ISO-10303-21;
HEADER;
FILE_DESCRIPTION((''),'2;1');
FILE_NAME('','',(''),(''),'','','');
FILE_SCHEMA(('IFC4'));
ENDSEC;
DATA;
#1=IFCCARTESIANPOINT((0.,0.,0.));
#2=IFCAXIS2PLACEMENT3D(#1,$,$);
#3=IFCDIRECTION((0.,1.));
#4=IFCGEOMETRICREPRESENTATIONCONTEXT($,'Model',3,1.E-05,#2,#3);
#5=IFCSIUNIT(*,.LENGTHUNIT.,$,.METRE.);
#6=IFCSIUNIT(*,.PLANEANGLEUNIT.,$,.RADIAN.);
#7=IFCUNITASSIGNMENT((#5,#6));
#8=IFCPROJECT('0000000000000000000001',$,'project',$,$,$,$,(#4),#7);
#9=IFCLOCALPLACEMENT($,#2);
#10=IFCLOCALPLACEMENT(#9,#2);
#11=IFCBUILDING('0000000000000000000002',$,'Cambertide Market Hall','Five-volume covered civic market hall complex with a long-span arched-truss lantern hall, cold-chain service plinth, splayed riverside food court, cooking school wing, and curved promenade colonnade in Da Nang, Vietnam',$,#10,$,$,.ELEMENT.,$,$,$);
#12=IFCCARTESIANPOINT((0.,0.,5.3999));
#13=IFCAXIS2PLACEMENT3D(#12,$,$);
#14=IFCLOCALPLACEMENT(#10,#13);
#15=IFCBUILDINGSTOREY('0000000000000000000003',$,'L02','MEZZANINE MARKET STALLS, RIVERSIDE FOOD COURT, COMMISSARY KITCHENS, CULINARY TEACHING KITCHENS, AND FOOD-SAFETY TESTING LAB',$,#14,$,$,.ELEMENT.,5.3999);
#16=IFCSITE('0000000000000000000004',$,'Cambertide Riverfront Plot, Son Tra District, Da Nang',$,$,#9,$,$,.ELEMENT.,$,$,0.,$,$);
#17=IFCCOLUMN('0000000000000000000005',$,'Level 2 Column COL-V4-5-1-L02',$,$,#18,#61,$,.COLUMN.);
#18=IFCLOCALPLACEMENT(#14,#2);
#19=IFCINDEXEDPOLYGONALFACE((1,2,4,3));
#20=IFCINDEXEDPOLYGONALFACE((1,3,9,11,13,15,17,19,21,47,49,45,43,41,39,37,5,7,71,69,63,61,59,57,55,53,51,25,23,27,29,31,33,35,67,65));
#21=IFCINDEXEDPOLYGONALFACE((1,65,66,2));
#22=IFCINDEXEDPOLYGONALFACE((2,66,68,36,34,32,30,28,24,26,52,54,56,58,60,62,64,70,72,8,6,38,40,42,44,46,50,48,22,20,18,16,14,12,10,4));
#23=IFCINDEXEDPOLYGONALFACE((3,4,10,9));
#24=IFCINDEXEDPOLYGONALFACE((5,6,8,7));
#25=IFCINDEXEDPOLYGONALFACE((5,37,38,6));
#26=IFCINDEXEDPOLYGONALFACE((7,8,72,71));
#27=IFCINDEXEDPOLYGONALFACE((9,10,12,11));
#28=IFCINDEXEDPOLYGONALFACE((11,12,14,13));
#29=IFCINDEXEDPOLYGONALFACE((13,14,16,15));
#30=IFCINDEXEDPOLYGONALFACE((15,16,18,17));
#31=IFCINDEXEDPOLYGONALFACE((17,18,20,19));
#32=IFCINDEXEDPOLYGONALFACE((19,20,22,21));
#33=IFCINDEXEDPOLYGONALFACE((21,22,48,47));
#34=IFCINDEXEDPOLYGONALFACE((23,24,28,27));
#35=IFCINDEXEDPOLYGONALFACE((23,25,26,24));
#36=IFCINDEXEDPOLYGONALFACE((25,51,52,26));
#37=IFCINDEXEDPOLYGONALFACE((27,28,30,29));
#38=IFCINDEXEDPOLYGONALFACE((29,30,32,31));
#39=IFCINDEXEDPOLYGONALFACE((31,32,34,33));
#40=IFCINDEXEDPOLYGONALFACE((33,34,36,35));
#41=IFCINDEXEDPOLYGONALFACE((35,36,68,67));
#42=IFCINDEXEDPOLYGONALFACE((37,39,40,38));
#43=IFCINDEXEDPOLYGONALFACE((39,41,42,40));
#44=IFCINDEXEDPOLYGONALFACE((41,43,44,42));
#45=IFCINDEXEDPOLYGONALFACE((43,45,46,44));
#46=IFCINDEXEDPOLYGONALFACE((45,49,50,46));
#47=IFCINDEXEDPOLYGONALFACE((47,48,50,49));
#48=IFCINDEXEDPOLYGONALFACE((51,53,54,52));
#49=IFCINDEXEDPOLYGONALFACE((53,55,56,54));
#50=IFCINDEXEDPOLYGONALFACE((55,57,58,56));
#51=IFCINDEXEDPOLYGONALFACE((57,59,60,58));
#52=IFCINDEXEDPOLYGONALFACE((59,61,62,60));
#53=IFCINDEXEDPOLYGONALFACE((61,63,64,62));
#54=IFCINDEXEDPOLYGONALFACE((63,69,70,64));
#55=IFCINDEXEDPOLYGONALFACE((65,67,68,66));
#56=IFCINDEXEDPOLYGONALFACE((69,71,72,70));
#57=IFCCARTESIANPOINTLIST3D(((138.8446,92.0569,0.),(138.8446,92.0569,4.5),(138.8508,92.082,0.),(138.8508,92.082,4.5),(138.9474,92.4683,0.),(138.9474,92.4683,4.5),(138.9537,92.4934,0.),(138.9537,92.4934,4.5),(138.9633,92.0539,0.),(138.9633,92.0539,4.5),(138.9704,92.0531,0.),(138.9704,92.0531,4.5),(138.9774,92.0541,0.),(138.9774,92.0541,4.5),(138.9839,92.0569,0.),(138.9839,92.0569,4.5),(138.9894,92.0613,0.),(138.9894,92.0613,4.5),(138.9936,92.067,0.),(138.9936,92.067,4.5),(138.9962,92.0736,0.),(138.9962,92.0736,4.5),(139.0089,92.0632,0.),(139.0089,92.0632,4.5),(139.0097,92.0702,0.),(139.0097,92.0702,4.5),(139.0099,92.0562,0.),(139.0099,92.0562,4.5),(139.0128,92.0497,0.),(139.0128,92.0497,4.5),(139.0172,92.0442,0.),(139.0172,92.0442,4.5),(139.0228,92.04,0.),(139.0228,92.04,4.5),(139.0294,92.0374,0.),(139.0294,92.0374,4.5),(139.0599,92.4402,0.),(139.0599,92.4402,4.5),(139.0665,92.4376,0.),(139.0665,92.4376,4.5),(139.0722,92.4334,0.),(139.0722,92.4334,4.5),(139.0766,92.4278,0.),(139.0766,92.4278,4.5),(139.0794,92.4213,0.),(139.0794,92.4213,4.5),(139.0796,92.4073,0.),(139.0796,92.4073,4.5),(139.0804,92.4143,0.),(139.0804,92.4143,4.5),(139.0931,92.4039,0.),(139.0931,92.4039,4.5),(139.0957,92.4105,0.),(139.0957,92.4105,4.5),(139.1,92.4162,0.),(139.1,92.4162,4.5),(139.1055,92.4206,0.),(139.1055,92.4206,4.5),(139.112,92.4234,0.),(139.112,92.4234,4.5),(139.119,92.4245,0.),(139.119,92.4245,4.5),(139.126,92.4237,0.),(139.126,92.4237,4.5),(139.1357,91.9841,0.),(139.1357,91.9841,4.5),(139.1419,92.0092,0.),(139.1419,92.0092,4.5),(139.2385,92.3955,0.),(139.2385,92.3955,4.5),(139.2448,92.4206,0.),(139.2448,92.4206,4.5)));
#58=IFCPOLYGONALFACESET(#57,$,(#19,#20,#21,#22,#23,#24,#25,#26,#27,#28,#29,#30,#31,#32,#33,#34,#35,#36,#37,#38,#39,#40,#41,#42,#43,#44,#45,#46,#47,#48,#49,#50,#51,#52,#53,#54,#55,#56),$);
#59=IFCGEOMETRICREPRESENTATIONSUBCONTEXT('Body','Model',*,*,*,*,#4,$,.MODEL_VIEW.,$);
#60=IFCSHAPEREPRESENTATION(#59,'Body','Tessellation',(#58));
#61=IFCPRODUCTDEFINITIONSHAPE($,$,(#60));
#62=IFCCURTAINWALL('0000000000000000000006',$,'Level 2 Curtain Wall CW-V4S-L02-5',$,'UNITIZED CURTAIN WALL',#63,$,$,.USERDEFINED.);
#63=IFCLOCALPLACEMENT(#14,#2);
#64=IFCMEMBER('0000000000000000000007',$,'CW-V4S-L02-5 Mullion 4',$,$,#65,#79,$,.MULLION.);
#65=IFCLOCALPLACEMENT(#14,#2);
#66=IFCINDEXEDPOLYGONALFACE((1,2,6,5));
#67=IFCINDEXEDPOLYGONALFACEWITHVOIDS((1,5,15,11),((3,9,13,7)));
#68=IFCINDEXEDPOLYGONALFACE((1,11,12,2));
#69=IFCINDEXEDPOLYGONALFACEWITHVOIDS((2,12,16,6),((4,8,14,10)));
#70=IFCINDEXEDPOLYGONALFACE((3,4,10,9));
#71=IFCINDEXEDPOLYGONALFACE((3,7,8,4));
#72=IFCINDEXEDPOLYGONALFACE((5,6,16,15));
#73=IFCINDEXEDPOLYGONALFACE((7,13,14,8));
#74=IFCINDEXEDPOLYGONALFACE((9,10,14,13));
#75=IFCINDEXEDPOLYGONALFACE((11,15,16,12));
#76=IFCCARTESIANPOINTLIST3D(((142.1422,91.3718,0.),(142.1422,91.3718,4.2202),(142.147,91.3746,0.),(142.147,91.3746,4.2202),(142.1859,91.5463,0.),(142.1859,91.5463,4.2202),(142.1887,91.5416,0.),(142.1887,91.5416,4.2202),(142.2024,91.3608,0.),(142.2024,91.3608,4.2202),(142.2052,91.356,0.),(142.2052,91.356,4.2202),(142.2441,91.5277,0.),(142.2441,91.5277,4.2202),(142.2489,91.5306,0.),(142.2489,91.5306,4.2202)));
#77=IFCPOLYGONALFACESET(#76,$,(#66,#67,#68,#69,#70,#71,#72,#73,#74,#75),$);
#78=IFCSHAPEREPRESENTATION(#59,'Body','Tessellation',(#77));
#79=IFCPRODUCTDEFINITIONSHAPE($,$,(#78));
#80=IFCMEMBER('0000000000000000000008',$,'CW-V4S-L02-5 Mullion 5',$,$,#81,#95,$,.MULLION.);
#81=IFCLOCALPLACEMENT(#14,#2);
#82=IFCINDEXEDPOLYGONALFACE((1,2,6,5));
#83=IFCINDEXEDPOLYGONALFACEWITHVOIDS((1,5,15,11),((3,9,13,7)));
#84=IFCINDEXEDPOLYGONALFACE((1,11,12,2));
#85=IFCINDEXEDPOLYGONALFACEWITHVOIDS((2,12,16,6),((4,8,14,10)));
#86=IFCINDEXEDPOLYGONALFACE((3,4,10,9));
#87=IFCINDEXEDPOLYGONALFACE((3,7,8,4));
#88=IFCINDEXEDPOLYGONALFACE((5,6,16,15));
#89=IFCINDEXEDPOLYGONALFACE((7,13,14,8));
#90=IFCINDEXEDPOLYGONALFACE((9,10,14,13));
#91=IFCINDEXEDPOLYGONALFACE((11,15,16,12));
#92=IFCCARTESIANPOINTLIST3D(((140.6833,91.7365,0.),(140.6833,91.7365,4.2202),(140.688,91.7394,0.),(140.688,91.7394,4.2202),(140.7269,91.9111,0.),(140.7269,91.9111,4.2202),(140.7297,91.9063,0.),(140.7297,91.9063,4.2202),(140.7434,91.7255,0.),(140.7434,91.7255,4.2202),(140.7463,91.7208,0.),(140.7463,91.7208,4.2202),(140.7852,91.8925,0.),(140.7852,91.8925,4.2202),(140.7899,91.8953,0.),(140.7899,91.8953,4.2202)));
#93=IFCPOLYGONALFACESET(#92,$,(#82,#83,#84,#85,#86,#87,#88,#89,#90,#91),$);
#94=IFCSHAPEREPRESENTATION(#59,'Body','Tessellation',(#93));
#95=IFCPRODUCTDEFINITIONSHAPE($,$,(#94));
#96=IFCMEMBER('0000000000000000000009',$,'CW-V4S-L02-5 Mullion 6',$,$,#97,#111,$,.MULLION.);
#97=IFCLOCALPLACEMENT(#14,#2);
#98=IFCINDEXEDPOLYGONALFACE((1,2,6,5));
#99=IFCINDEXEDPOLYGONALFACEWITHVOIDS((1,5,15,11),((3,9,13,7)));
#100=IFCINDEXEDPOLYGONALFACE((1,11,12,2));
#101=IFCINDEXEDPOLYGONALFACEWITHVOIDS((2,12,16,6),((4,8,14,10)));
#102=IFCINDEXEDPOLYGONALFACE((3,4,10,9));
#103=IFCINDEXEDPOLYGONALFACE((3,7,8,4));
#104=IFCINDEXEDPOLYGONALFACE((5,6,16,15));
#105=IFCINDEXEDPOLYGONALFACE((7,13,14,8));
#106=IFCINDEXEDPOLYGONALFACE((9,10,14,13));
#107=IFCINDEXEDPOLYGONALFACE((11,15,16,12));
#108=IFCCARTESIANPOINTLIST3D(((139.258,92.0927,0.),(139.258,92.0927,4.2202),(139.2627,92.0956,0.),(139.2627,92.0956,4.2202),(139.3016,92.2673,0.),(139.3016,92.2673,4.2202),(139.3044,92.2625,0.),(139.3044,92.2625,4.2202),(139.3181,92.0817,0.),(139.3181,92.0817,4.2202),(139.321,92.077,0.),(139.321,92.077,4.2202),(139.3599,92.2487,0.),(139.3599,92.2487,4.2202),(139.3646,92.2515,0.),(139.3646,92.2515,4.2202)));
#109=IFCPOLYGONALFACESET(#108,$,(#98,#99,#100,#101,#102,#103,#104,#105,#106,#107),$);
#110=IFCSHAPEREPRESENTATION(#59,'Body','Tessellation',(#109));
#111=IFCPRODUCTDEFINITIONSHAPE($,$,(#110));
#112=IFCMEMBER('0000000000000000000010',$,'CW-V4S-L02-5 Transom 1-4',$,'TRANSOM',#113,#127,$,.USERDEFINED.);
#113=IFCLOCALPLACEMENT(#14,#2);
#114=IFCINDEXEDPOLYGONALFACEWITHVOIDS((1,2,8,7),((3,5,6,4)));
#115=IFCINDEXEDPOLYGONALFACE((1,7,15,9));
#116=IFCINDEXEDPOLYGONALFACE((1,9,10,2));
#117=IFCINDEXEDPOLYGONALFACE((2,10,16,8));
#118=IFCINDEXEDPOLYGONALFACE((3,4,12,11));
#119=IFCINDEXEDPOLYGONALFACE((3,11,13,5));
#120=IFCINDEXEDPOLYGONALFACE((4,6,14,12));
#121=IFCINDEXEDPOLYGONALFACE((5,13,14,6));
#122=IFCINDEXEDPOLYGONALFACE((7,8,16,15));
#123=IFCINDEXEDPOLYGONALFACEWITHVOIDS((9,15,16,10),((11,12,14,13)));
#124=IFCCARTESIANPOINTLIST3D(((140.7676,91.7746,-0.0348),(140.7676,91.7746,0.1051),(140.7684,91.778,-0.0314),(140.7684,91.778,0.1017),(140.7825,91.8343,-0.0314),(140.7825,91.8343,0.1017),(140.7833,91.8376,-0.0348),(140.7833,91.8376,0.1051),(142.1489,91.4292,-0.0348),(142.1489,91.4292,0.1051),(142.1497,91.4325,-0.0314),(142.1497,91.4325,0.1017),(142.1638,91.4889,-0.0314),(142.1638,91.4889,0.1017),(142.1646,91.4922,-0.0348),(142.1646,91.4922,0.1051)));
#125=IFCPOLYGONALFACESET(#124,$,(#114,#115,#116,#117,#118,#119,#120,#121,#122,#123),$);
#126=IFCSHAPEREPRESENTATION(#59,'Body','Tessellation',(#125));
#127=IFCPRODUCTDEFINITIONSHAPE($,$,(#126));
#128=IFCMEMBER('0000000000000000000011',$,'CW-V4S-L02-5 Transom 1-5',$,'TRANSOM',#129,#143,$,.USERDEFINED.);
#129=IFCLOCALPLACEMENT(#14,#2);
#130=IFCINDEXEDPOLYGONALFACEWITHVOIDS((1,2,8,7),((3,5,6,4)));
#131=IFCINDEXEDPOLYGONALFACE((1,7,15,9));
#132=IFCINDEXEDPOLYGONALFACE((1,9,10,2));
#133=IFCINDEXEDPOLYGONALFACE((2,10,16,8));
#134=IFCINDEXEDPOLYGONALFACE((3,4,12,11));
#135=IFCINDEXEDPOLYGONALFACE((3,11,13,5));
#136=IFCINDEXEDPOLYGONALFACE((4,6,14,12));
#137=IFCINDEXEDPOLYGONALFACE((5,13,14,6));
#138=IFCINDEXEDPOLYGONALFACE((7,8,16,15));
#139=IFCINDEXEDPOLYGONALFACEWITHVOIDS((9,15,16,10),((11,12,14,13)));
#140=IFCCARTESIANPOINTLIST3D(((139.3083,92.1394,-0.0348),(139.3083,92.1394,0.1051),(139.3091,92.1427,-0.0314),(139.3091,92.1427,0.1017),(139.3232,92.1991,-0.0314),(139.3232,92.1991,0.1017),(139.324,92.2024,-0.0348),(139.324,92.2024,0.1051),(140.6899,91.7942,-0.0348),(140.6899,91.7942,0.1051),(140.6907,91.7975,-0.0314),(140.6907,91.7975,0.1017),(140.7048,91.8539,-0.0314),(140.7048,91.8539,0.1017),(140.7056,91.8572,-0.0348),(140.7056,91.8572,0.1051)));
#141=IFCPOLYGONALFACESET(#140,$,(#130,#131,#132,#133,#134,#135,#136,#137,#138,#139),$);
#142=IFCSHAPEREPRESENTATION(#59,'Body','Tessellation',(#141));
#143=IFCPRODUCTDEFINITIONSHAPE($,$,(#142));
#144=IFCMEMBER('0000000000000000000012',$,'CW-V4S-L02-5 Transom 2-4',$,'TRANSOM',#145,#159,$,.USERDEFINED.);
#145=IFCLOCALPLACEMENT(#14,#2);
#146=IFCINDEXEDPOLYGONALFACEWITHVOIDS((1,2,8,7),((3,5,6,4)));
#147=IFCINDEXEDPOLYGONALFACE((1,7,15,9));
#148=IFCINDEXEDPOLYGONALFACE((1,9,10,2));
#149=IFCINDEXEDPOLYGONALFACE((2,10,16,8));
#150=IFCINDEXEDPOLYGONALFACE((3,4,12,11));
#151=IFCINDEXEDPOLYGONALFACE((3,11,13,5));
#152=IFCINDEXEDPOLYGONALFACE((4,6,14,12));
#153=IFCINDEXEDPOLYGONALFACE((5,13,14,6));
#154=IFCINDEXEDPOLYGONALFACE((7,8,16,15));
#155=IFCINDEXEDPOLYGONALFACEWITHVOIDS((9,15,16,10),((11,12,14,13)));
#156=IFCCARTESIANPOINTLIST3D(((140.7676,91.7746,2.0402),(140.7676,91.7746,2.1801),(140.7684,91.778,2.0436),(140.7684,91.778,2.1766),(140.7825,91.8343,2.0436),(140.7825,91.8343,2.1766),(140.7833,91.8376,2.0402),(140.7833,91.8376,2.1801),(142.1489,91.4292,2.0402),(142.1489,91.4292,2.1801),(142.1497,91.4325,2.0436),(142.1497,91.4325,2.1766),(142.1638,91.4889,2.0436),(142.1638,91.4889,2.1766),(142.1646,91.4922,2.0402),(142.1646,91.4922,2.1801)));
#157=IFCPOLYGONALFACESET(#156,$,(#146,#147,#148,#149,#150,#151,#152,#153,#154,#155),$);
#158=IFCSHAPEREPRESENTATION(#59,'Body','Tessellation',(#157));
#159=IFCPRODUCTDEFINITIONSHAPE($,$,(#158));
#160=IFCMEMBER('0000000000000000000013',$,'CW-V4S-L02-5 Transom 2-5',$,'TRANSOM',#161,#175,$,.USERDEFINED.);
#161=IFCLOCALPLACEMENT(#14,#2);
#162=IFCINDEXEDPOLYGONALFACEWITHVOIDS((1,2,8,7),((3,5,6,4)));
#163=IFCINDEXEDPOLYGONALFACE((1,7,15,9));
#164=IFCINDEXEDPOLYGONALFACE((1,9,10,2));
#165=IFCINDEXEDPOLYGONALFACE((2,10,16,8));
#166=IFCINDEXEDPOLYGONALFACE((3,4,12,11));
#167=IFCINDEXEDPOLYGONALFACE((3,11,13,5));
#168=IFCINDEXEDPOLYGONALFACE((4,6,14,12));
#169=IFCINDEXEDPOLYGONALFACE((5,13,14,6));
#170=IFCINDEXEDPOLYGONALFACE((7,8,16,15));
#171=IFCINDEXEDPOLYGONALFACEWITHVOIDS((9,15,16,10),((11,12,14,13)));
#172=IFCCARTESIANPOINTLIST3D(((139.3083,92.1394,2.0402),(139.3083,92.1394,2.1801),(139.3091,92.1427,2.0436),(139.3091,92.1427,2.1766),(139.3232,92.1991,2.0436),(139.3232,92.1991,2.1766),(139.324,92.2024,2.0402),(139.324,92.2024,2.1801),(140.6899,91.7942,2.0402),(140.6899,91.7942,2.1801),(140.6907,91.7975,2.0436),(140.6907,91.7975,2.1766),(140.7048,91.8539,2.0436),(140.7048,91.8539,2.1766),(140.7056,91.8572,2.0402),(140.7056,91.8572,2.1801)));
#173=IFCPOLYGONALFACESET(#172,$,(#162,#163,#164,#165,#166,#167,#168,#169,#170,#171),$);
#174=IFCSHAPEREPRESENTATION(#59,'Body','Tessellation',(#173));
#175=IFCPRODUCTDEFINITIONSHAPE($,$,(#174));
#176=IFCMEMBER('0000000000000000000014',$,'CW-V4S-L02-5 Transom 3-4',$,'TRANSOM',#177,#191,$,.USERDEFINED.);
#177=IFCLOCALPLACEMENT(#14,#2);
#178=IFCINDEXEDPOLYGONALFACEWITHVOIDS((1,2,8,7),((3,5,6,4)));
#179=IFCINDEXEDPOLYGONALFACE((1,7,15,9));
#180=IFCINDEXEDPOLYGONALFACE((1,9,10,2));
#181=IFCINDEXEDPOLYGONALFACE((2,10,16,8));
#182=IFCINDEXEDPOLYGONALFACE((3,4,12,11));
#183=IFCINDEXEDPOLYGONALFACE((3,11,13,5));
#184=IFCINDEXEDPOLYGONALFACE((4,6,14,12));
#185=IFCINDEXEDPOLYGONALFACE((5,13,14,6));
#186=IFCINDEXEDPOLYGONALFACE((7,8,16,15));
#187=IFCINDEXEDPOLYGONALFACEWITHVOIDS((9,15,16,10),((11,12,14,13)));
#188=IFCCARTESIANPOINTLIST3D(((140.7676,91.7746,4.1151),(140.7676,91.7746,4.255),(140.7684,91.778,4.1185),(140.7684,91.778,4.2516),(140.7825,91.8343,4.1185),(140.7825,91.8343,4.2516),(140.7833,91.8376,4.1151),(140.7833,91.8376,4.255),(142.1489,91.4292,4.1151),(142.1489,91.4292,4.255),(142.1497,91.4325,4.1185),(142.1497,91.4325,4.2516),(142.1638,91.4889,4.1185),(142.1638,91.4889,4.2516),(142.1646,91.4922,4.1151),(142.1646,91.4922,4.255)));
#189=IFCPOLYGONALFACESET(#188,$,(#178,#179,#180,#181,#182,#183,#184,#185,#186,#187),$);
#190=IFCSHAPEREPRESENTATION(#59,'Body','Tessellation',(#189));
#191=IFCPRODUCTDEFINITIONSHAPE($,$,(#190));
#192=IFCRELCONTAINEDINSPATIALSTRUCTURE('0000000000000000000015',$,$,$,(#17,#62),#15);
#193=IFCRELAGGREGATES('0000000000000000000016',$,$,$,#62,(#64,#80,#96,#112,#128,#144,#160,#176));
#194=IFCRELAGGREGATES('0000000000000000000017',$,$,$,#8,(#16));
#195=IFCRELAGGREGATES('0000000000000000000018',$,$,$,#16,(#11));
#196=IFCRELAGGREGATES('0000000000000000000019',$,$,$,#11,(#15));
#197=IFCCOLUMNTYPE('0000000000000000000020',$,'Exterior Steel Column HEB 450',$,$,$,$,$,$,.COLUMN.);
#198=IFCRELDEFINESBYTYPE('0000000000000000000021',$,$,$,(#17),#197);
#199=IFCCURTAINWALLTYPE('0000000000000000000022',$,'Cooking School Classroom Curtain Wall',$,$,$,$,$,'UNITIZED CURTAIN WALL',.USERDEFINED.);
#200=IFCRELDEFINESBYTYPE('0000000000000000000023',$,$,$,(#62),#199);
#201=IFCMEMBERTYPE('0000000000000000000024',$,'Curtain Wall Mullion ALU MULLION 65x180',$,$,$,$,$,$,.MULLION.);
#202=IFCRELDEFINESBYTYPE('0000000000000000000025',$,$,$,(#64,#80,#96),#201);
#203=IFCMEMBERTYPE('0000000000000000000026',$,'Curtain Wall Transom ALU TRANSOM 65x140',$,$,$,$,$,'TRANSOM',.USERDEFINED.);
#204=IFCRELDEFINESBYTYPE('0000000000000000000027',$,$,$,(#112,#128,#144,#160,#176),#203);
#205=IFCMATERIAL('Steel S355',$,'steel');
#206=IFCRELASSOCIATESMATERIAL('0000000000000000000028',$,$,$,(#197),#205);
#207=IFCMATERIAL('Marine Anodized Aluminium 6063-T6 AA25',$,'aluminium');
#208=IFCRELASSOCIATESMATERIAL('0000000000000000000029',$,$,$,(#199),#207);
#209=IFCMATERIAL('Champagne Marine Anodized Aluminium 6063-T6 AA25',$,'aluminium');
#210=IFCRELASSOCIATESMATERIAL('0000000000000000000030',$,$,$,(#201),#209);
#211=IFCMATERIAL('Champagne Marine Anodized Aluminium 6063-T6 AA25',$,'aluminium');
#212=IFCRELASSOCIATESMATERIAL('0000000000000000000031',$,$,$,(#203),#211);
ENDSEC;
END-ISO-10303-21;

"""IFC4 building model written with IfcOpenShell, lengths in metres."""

from ifc_helpers import new_model, si_unit, direction, frame, origin, origin_2d, place, context, subcontext, project, spatial, hollow_rectangle, i_section, extrude, material, material_profile, profile_set, type_object, element, aggregate, save


model = new_model("IFC4")

# Units and contexts
model_context = context("Model", 3, precision=1e-05, world=origin(), true_north=direction((0.0, 1.0)))
body_context = subcontext(model_context, "Body", "Model", "MODEL_VIEW")
ifc_project = project(units=[si_unit("LENGTHUNIT", "METRE"), si_unit("PLANEANGLEUNIT", "RADIAN")], contexts=[model_context])

# Site, building, storey
site_placement = place(None, origin())
site = spatial("IfcSite", under=ifc_project, at=site_placement, Name="Cambertide Riverfront Plot, Son Tra District, Da Nang", CompositionType="ELEMENT", RefElevation=0.0)
building_placement = place(site_placement, origin())
building = spatial("IfcBuilding", under=site, at=building_placement, Name="Cambertide Market Hall", Description="Five-volume covered civic market hall complex with a long-span arched-truss lantern hall, cold-chain service plinth, splayed riverside food court, cooking school wing, and curved promenade colonnade in Da Nang, Vietnam", CompositionType="ELEMENT")
storey_placement = place(building_placement, frame((0.0, 0.0, 5.3999)))
storey = spatial("IfcBuildingStorey", under=building, at=storey_placement, Name="L02", Description="MEZZANINE MARKET STALLS, RIVERSIDE FOOD COURT, COMMISSARY KITCHENS, CULINARY TEACHING KITCHENS, AND FOOD-SAFETY TESTING LAB", CompositionType="ELEMENT", Elevation=5.3999)

# Column
ifc_material_1 = material(Name="Steel S355", Category="steel")
ifc_material_profile_1 = material_profile(ifc_material_1, i_section(OverallWidth=0.3, OverallDepth=0.45, WebThickness=0.0139, FlangeThickness=0.0259, FilletRadius=0.0271, at=origin_2d()), Name="HEB 450")
ifc_profile_set_1 = profile_set([ifc_material_profile_1], Name="Steel S355")
column_type = type_object("IfcColumnType", Name="Exterior Steel Column HEB 450", PredefinedType="COLUMN", material=ifc_profile_set_1)
column_placement = place(storey_placement, frame((139.0447, 92.2388, 0.0), z_axis=(0.0, 0.0, 1.0), x_axis=(0.970143, -0.242536, 0.0)))
element("IfcColumn", 1, at=column_placement, inside=storey, type_object=column_type, Name="Level 2 Column COL-V4-5-1-L02", PredefinedType="COLUMN", context=body_context, shape_type="SweptSolid", body=[
    extrude(i_section(OverallWidth=0.3, OverallDepth=0.45, WebThickness=0.0139, FlangeThickness=0.0259, FilletRadius=0.0271, at=origin_2d()), origin(), (0.0, 0.0, 1.0), 4.5),
])

# Curtain wall, members
ifc_material_2 = material(Name="Marine Anodized Aluminium 6063-T6 AA25", Category="aluminium")
curtain_wall_type = type_object("IfcCurtainWallType", Name="Cooking School Classroom Curtain Wall", ElementType="UNITIZED CURTAIN WALL", PredefinedType="USERDEFINED", material=ifc_material_2)
curtain_wall_placement = place(storey_placement, origin())
curtain_wall = element("IfcCurtainWall", 2, at=curtain_wall_placement, inside=storey, type_object=curtain_wall_type, Name="Level 2 Curtain Wall CW-V4S-L02-5", ObjectType="UNITIZED CURTAIN WALL", PredefinedType="USERDEFINED")
ifc_material_3 = material(Name="Champagne Marine Anodized Aluminium 6063-T6 AA25", Category="aluminium")
ifc_material_profile_2 = material_profile(ifc_material_3, hollow_rectangle(XDim=0.0649, YDim=0.1799, WallThickness=0.0039, at=origin_2d()), Name="ALU MULLION 65x180")
ifc_profile_set_2 = profile_set([ifc_material_profile_2], Name="Champagne Marine Anodized Aluminium 6063-T6 AA25")
member_type_1 = type_object("IfcMemberType", Name="Curtain Wall Mullion ALU MULLION 65x180", PredefinedType="MULLION", material=ifc_profile_set_2)
member_1_placement = place(storey_placement, frame((142.1956, 91.4512, 0.0), z_axis=(0.0, 0.0, 1.0), x_axis=(-0.970143, 0.242535, 0.0)))
member_1 = element("IfcMember", 3, at=member_1_placement, type_object=member_type_1, Name="CW-V4S-L02-5 Mullion 4", PredefinedType="MULLION", context=body_context, shape_type="SweptSolid", body=[
    extrude(hollow_rectangle(XDim=0.0649, YDim=0.1799, WallThickness=0.0039, at=origin_2d()), origin(), (0.0, 0.0, 1.0), 4.2202),
])
member_2_placement = place(storey_placement, frame((140.7366, 91.8159, 0.0), z_axis=(0.0, 0.0, 1.0), x_axis=(-0.970143, 0.242535, 0.0)))
member_2 = element("IfcMember", 4, at=member_2_placement, type_object=member_type_1, Name="CW-V4S-L02-5 Mullion 5", PredefinedType="MULLION", context=body_context, shape_type="SweptSolid", body=[
    extrude(hollow_rectangle(XDim=0.0649, YDim=0.1799, WallThickness=0.0039, at=origin_2d()), origin(), (0.0, 0.0, 1.0), 4.2202),
])
member_3_placement = place(storey_placement, frame((139.3113, 92.1721, 0.0), z_axis=(0.0, 0.0, 1.0), x_axis=(-0.970143, 0.242535, 0.0)))
member_3 = element("IfcMember", 5, at=member_3_placement, type_object=member_type_1, Name="CW-V4S-L02-5 Mullion 6", PredefinedType="MULLION", context=body_context, shape_type="SweptSolid", body=[
    extrude(hollow_rectangle(XDim=0.0649, YDim=0.1799, WallThickness=0.0039, at=origin_2d()), origin(), (0.0, 0.0, 1.0), 4.2202),
])
ifc_material_4 = material(Name="Champagne Marine Anodized Aluminium 6063-T6 AA25", Category="aluminium")
ifc_material_profile_3 = material_profile(ifc_material_4, hollow_rectangle(XDim=0.0649, YDim=0.1399, WallThickness=0.0034, at=origin_2d()), Name="ALU TRANSOM 65x140")
ifc_profile_set_3 = profile_set([ifc_material_profile_3], Name="Champagne Marine Anodized Aluminium 6063-T6 AA25")
member_type_2 = type_object("IfcMemberType", Name="Curtain Wall Transom ALU TRANSOM 65x140", ElementType="TRANSOM", PredefinedType="USERDEFINED", material=ifc_profile_set_3)
member_4_placement = place(storey_placement, frame((142.1567, 91.4607, 0.0352), z_axis=(-0.970122, 0.242616, 0.0), x_axis=(-0.242616, -0.970122, 0.0)))
member_4 = element("IfcMember", 6, at=member_4_placement, type_object=member_type_2, Name="CW-V4S-L02-5 Transom 1-4", ObjectType="TRANSOM", PredefinedType="USERDEFINED", context=body_context, shape_type="SweptSolid", body=[
    extrude(hollow_rectangle(XDim=0.0649, YDim=0.1399, WallThickness=0.0034, at=origin_2d()), origin(), (0.0, 0.0, 1.0), 1.4238),
])
member_5_placement = place(storey_placement, frame((140.6978, 91.8257, 0.0352), z_axis=(-0.970173, 0.242415, 0.0), x_axis=(-0.242415, -0.970173, 0.0)))
member_5 = element("IfcMember", 7, at=member_5_placement, type_object=member_type_2, Name="CW-V4S-L02-5 Transom 1-5", ObjectType="TRANSOM", PredefinedType="USERDEFINED", context=body_context, shape_type="SweptSolid", body=[
    extrude(hollow_rectangle(XDim=0.0649, YDim=0.1399, WallThickness=0.0034, at=origin_2d()), origin(), (0.0, 0.0, 1.0), 1.4241),
])
member_6_placement = place(storey_placement, frame((142.1567, 91.4607, 2.1101), z_axis=(-0.970122, 0.242616, 0.0), x_axis=(-0.242616, -0.970122, 0.0)))
member_6 = element("IfcMember", 8, at=member_6_placement, type_object=member_type_2, Name="CW-V4S-L02-5 Transom 2-4", ObjectType="TRANSOM", PredefinedType="USERDEFINED", context=body_context, shape_type="SweptSolid", body=[
    extrude(hollow_rectangle(XDim=0.0649, YDim=0.1399, WallThickness=0.0034, at=origin_2d()), origin(), (0.0, 0.0, 1.0), 1.4238),
])
member_7_placement = place(storey_placement, frame((140.6978, 91.8257, 2.1101), z_axis=(-0.970173, 0.242415, 0.0), x_axis=(-0.242415, -0.970173, 0.0)))
member_7 = element("IfcMember", 9, at=member_7_placement, type_object=member_type_2, Name="CW-V4S-L02-5 Transom 2-5", ObjectType="TRANSOM", PredefinedType="USERDEFINED", context=body_context, shape_type="SweptSolid", body=[
    extrude(hollow_rectangle(XDim=0.0649, YDim=0.1399, WallThickness=0.0034, at=origin_2d()), origin(), (0.0, 0.0, 1.0), 1.4241),
])
member_8_placement = place(storey_placement, frame((142.1567, 91.4607, 4.1851), z_axis=(-0.970122, 0.242616, 0.0), x_axis=(-0.242616, -0.970122, 0.0)))
member_8 = element("IfcMember", 10, at=member_8_placement, type_object=member_type_2, Name="CW-V4S-L02-5 Transom 3-4", ObjectType="TRANSOM", PredefinedType="USERDEFINED", context=body_context, shape_type="SweptSolid", body=[
    extrude(hollow_rectangle(XDim=0.0649, YDim=0.1399, WallThickness=0.0034, at=origin_2d()), origin(), (0.0, 0.0, 1.0), 1.4238),
])

aggregate(curtain_wall, [member_1, member_2, member_3, member_4, member_5, member_6, member_7, member_8])

save(model, "model.ifc")
